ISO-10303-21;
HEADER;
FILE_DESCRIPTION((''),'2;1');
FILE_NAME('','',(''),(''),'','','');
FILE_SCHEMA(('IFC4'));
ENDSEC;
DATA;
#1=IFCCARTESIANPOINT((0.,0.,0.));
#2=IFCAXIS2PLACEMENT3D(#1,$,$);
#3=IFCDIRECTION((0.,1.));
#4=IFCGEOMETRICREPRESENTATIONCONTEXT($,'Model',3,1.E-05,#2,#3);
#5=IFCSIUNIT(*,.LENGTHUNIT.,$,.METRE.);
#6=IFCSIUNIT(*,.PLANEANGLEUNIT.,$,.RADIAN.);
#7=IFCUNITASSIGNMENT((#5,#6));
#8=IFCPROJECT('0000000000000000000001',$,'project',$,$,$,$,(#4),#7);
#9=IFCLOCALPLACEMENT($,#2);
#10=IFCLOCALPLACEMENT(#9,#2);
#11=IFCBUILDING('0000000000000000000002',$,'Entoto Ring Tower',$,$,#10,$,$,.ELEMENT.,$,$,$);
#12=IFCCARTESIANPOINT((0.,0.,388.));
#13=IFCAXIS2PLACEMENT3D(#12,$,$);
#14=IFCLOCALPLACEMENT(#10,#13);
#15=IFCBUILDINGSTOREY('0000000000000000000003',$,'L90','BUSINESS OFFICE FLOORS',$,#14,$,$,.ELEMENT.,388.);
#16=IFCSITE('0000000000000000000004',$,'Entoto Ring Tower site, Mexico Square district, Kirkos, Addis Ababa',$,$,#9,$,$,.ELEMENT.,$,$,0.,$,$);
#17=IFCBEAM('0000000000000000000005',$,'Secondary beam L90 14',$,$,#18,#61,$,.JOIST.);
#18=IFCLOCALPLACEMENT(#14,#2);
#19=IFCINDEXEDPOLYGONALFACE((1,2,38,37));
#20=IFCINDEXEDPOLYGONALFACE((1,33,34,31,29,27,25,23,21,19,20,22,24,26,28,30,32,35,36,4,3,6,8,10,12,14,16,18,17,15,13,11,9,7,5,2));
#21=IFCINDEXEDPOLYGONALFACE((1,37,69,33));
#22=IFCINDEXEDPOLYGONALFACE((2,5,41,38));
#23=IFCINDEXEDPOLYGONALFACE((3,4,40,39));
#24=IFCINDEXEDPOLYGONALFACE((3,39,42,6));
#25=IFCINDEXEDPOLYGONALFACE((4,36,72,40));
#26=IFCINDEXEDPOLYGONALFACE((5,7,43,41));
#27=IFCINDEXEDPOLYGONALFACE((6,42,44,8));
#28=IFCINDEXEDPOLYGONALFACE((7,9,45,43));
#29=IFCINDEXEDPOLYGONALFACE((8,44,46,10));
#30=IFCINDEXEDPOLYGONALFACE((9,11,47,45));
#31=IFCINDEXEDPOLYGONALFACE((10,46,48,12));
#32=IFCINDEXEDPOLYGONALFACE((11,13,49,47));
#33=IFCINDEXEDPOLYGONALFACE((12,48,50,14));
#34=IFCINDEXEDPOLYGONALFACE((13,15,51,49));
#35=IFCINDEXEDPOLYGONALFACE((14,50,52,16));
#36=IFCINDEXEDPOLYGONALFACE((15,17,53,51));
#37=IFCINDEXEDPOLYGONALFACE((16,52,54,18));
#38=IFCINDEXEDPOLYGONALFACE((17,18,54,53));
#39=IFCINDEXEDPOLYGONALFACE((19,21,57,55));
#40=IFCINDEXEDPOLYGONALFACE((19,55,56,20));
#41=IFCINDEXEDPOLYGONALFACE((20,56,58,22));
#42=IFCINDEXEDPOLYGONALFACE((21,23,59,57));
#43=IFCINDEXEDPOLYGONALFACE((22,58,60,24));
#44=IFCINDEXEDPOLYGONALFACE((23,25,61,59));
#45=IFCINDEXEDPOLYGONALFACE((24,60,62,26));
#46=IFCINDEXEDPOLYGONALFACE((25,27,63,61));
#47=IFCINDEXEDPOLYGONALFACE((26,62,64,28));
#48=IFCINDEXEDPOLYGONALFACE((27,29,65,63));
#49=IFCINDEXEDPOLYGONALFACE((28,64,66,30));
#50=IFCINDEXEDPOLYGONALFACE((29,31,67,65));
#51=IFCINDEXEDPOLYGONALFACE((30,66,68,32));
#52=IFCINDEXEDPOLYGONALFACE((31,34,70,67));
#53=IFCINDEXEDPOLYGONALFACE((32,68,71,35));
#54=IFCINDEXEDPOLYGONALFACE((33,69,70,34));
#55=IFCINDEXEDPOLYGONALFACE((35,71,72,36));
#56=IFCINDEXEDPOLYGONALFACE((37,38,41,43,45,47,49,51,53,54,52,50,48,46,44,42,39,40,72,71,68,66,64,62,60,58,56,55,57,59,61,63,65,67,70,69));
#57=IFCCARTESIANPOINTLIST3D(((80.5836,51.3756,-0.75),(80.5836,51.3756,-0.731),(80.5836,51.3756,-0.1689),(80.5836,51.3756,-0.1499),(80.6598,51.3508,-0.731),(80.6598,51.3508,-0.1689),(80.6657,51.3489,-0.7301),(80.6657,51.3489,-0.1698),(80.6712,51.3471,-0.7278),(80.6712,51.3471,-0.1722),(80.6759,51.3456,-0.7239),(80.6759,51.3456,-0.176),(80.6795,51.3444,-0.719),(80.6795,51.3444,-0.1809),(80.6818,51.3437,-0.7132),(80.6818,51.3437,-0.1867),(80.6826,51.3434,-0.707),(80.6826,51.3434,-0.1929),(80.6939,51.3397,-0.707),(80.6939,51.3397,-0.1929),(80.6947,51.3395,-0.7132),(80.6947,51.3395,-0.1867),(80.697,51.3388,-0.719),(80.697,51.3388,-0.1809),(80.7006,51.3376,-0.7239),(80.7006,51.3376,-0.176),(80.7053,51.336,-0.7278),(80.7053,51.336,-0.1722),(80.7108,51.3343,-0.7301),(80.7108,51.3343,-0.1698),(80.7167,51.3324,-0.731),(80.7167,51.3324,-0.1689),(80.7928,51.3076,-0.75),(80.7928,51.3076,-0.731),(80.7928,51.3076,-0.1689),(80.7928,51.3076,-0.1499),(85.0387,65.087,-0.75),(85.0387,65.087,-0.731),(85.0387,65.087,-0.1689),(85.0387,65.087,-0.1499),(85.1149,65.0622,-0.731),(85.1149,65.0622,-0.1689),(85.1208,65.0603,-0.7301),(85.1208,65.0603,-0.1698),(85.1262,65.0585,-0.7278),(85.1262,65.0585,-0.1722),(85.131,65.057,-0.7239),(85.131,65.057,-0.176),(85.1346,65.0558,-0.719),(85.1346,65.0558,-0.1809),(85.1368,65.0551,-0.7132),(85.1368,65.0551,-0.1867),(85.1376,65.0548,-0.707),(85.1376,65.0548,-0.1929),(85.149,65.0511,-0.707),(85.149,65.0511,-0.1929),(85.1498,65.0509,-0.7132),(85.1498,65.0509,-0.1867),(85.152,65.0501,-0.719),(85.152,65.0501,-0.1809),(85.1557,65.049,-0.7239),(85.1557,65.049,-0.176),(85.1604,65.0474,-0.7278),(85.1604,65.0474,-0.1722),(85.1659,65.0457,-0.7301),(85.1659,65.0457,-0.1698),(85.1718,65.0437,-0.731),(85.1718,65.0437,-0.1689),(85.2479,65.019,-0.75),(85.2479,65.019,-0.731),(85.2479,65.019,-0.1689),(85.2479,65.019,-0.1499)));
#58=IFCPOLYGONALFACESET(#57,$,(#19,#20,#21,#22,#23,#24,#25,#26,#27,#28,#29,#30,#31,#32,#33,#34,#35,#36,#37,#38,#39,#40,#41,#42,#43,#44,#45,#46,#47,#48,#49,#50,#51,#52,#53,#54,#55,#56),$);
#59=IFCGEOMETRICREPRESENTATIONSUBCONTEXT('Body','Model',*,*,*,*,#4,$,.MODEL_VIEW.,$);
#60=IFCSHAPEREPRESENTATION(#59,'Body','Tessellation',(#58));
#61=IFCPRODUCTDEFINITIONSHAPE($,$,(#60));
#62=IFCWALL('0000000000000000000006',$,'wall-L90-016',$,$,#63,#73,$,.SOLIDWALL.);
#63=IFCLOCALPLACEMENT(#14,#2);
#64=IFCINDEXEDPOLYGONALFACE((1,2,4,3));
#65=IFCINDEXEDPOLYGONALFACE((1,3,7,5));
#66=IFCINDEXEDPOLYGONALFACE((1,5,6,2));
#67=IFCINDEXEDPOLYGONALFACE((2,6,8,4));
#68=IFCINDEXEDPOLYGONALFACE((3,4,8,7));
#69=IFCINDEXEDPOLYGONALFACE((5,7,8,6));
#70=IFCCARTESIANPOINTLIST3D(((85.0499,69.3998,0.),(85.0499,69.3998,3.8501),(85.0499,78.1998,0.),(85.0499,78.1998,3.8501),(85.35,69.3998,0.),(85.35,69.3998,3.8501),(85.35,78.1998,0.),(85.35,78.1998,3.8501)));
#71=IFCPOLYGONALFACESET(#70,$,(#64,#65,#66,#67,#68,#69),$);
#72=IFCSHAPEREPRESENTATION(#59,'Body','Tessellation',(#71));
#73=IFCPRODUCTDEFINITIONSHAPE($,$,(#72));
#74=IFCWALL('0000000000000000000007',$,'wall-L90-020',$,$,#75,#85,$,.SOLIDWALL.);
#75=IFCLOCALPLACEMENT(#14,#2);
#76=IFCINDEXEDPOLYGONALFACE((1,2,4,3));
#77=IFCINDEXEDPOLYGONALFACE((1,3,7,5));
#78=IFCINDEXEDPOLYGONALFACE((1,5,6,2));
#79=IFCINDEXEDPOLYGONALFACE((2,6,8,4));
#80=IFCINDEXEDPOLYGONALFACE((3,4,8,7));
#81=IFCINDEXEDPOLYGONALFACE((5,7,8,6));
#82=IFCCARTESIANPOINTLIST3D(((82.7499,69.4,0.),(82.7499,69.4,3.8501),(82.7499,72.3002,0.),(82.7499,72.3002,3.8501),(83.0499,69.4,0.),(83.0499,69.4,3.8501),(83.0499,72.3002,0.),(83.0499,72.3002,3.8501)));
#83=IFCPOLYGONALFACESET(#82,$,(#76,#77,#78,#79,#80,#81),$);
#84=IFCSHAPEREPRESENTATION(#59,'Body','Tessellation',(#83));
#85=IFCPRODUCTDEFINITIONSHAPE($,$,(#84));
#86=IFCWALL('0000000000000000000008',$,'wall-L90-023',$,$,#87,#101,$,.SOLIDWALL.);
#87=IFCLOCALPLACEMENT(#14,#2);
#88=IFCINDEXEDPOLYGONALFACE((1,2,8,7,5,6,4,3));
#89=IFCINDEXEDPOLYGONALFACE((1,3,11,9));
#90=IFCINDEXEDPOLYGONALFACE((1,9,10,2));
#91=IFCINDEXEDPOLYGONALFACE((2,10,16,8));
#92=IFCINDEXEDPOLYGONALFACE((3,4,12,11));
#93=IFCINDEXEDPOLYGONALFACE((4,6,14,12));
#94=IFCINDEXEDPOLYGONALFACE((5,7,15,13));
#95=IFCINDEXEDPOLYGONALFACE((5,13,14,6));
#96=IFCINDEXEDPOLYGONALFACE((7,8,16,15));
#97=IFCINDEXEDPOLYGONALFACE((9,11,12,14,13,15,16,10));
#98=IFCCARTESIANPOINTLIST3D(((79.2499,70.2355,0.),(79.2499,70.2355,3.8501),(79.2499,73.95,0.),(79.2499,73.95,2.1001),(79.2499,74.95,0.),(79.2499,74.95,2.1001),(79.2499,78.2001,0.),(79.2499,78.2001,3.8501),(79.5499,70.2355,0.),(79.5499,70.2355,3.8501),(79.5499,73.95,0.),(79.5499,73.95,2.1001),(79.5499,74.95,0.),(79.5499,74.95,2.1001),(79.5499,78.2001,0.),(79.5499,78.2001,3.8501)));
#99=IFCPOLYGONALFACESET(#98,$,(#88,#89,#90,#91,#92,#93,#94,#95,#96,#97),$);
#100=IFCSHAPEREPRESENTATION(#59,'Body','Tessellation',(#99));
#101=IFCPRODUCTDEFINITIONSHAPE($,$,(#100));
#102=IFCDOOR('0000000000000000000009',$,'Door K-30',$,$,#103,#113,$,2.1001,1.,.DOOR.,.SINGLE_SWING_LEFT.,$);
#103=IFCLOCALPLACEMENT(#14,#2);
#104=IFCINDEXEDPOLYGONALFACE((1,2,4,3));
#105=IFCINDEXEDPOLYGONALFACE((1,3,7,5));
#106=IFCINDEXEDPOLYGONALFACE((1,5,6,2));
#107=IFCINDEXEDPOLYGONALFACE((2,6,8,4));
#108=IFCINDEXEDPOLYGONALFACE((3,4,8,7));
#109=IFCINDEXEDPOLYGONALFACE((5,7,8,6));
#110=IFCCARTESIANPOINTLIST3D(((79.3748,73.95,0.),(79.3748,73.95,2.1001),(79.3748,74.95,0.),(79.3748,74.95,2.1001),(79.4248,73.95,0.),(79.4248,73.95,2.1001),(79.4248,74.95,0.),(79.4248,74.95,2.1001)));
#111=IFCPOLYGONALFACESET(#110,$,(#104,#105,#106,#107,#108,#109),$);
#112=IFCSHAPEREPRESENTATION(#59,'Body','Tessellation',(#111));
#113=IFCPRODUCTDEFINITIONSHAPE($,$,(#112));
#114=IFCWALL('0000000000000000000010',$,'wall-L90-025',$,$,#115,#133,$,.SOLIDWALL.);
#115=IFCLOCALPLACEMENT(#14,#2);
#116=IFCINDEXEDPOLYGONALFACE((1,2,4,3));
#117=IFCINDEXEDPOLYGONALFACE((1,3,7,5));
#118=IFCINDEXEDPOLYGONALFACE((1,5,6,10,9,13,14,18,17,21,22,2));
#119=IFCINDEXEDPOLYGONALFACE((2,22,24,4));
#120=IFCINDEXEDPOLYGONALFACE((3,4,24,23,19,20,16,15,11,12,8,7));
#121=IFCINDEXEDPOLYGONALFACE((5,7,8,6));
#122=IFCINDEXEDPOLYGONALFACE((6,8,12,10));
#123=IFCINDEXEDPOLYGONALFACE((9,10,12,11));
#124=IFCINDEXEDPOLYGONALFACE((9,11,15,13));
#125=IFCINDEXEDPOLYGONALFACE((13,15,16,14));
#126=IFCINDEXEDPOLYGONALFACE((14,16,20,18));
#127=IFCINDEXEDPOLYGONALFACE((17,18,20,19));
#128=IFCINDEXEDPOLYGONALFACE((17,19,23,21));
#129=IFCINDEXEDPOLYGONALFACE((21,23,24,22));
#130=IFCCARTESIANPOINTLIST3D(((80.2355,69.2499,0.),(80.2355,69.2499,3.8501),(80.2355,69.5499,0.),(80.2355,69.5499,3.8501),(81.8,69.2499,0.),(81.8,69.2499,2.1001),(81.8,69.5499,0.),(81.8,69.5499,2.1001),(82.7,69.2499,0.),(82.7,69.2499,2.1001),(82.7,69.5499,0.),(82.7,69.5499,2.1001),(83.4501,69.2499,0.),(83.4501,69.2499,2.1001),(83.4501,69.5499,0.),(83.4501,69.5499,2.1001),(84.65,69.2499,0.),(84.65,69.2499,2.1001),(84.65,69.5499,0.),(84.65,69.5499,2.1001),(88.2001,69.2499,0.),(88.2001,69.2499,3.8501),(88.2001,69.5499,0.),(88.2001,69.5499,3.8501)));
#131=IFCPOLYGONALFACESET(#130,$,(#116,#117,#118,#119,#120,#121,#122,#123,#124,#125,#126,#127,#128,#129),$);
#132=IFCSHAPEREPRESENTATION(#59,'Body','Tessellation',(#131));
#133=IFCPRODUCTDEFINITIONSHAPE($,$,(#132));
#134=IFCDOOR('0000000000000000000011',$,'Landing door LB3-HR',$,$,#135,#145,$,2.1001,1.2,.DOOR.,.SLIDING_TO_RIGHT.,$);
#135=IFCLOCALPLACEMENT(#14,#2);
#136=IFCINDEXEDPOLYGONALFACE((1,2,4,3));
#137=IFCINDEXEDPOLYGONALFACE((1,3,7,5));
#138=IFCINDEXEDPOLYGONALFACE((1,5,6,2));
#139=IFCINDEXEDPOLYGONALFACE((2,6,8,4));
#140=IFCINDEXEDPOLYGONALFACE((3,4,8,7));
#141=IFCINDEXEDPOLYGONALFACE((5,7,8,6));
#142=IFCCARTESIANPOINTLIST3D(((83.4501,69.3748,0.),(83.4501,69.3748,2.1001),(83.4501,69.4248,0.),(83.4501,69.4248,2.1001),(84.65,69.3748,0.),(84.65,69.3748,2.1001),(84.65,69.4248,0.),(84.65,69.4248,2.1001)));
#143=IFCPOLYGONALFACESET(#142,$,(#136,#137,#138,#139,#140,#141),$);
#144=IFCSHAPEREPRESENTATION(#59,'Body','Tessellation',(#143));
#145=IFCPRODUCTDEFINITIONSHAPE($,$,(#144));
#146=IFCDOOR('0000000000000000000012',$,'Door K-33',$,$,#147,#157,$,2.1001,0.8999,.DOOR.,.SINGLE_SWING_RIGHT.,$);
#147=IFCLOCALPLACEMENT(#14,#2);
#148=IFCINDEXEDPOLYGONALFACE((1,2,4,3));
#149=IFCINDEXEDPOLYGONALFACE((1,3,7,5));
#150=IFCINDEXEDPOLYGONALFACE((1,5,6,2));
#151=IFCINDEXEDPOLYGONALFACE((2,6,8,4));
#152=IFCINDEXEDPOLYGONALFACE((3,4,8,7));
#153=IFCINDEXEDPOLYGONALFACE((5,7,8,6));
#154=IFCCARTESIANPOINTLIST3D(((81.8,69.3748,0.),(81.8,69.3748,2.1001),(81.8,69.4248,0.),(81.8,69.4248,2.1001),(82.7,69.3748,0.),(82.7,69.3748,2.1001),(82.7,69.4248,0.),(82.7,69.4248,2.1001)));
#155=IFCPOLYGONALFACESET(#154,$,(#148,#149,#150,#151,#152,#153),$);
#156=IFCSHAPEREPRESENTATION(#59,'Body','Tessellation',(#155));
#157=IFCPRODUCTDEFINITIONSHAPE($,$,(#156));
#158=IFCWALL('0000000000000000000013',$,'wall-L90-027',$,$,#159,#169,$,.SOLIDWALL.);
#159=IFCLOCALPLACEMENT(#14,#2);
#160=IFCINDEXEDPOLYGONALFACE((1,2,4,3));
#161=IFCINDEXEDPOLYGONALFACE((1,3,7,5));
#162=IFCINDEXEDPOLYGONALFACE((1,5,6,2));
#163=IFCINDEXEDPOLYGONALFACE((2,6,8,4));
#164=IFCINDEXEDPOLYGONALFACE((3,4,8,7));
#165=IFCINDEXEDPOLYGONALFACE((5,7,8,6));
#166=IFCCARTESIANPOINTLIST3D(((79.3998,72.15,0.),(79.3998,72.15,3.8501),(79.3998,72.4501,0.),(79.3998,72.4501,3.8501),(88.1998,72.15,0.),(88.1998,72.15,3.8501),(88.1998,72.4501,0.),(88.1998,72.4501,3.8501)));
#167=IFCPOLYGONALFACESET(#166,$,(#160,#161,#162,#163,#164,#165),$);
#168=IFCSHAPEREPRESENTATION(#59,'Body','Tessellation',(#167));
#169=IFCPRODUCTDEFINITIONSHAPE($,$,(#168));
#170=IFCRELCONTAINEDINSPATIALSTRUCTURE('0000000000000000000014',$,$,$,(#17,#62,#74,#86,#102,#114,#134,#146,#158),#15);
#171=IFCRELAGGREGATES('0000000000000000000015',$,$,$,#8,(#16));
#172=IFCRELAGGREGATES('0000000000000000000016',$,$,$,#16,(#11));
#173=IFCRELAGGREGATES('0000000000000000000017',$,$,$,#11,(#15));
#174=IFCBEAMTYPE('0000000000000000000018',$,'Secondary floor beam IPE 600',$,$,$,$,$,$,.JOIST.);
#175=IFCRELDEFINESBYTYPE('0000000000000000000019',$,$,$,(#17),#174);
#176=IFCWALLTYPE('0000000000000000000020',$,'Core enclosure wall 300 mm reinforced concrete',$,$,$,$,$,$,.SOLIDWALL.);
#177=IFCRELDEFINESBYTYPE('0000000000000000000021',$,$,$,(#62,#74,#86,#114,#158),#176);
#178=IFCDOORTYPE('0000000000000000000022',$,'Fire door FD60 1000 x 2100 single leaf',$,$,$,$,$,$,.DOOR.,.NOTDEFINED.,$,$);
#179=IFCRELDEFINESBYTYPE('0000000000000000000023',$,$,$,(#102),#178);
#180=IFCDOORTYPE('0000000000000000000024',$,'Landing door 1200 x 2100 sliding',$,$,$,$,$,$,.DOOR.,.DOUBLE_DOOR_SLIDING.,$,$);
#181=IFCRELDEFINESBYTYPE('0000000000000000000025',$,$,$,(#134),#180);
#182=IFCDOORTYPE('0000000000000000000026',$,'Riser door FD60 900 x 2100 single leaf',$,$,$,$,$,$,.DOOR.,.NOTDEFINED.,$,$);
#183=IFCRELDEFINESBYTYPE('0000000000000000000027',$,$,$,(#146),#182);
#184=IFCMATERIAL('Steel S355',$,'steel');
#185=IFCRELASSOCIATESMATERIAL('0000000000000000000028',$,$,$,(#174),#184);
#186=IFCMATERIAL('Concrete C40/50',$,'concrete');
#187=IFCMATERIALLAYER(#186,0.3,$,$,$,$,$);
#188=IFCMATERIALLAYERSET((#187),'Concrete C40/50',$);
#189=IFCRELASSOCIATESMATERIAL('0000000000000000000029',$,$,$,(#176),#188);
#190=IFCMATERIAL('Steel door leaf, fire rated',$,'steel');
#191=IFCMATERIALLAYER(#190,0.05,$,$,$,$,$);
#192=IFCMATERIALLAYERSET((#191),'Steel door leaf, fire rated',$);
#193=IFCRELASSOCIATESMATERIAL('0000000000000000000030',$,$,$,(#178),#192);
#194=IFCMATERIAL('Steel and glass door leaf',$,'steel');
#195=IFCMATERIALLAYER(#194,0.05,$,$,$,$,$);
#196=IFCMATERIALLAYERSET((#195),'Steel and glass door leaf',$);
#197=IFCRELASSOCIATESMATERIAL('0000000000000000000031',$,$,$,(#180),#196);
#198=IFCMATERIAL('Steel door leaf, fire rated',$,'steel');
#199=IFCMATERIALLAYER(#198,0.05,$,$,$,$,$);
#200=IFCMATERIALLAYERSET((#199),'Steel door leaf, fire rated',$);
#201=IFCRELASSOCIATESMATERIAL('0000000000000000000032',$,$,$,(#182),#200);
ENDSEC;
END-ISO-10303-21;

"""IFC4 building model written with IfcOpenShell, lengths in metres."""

from ifc_helpers import new_model, si_unit, direction, frame, frame_2d, origin, origin_2d, place, context, subcontext, project, spatial, rectangle, i_section, extrude, material, layer, layer_set, material_profile, profile_set, type_object, element, fill, save


model = new_model("IFC4")

# Units and contexts
model_context = context("Model", 3, precision=1e-05, world=origin(), true_north=direction((0.0, 1.0)))
body_context = subcontext(model_context, "Body", "Model", "MODEL_VIEW")
ifc_project = project(units=[si_unit("LENGTHUNIT", "METRE"), si_unit("PLANEANGLEUNIT", "RADIAN")], contexts=[model_context])

# Site, building, storey
site_placement = place(None, origin())
site = spatial("IfcSite", under=ifc_project, at=site_placement, Name="Entoto Ring Tower site, Mexico Square district, Kirkos, Addis Ababa", CompositionType="ELEMENT", RefElevation=0.0)
building_placement = place(site_placement, origin())
building = spatial("IfcBuilding", under=site, at=building_placement, Name="Entoto Ring Tower", CompositionType="ELEMENT")
storey_placement = place(building_placement, frame((0.0, 0.0, 388.0)))
storey = spatial("IfcBuildingStorey", under=building, at=storey_placement, Name="L90", Description="BUSINESS OFFICE FLOORS", CompositionType="ELEMENT", Elevation=388.0)

# Beam
ifc_material_1 = material(Name="Steel S355", Category="steel")
ifc_material_profile_1 = material_profile(ifc_material_1, i_section(OverallWidth=0.22, OverallDepth=0.6001, WebThickness=0.012, FlangeThickness=0.019, FilletRadius=0.0239, at=origin_2d()), Name="IPE 600")
ifc_profile_set_1 = profile_set([ifc_material_profile_1], Name="Steel S355")
beam_type_1 = type_object("IfcBeamType", Name="Secondary floor beam IPE 600", PredefinedType="JOIST", material=ifc_profile_set_1)
beam_1_placement = place(storey_placement, frame((85.1433, 65.053, -0.45), z_axis=(-0.309015, -0.951057, 0.0), x_axis=(0.951057, -0.309015, 0.0)))
element("IfcBeam", 1, at=beam_1_placement, inside=storey, type_object=beam_type_1, Name="Secondary beam L90 14", PredefinedType="JOIST", context=body_context, shape_type="SweptSolid", body=[
    extrude(i_section(OverallWidth=0.22, OverallDepth=0.6001, WebThickness=0.012, FlangeThickness=0.019, FilletRadius=0.0239, at=origin_2d()), origin(), (0.0, 0.0, 1.0), 14.417),
])

# Walls
ifc_material_2 = material(Name="Concrete C40/50", Category="concrete")
ifc_layer_1 = layer(ifc_material_2, 0.3)
ifc_layer_set_1 = layer_set([ifc_layer_1], Name="Concrete C40/50")
wall_type_1 = type_object("IfcWallType", Name="Core enclosure wall 300 mm reinforced concrete", PredefinedType="SOLIDWALL", material=ifc_layer_set_1)
wall_1_placement = place(storey_placement, frame((85.2, 69.3999, 0.0), z_axis=(0.0, 0.0, 1.0), x_axis=(0.0, 1.0, 0.0)))
element("IfcWall", 2, at=wall_1_placement, inside=storey, type_object=wall_type_1, Name="wall-L90-016", PredefinedType="SOLIDWALL", context=body_context, shape_type="SweptSolid", body=[
    extrude(rectangle(XDim=8.8, YDim=0.3, at=frame_2d((4.3999, 0.0))), origin(), (0.0, 0.0, 1.0), 3.8501),
])
wall_2_placement = place(storey_placement, frame((82.8999, 69.3999, 0.0), z_axis=(0.0, 0.0, 1.0), x_axis=(0.0, 1.0, 0.0)))
element("IfcWall", 3, at=wall_2_placement, inside=storey, type_object=wall_type_1, Name="wall-L90-020", PredefinedType="SOLIDWALL", context=body_context, shape_type="SweptSolid", body=[
    extrude(rectangle(XDim=2.9001, YDim=0.3, at=frame_2d((1.4502, 0.0))), origin(), (0.0, 0.0, 1.0), 3.8501),
])

# Wall, opening, door
wall_3_placement = place(storey_placement, frame((79.3999, 70.2354, 0.0), z_axis=(0.0, 0.0, 1.0), x_axis=(0.0, 1.0, 0.0)))
wall_3 = element("IfcWall", 4, at=wall_3_placement, inside=storey, type_object=wall_type_1, Name="wall-L90-023", PredefinedType="SOLIDWALL", context=body_context, shape_type="SweptSolid", body=[
    extrude(rectangle(XDim=7.9646, YDim=0.3, at=frame_2d((3.9824, 0.0))), origin(), (0.0, 0.0, 1.0), 3.8501),
])
opening_1_placement = place(wall_3_placement, frame((3.7146, 0.0, 0.0)))
opening_1 = element("IfcOpeningElement", 5, at=opening_1_placement, cuts=wall_3, PredefinedType="OPENING", context=body_context, shape_type="SweptSolid", body=[
    extrude(rectangle(XDim=1.0, YDim=2.1001, at=frame_2d((0.5, 1.05))), frame((0.0, 0.1602, 0.0), z_axis=(0.0, -1.0, 0.0), x_axis=(1.0, 0.0, 0.0)), (0.0, 0.0, 1.0), 0.3201),
])
ifc_material_3 = material(Name="Steel door leaf, fire rated", Category="steel")
ifc_layer_2 = layer(ifc_material_3, 0.05)
ifc_layer_set_2 = layer_set([ifc_layer_2], Name="Steel door leaf, fire rated")
door_type_1 = type_object("IfcDoorType", Name="Fire door FD60 1000 x 2100 single leaf", OperationType="NOTDEFINED", PredefinedType="DOOR", material=ifc_layer_set_2)
door_1_placement = place(opening_1_placement, frame((1.0, 0.0, 0.0), z_axis=(0.0, 0.0, 1.0), x_axis=(-1.0, 0.0, 0.0)))
door_1 = element("IfcDoor", 6, at=door_1_placement, inside=storey, type_object=door_type_1, Name="Door K-30", OperationType="SINGLE_SWING_LEFT", OverallHeight=2.1001, OverallWidth=1.0, PredefinedType="DOOR", context=body_context, shape_type="SweptSolid", body=[
    extrude(rectangle(XDim=1.0, YDim=2.1001, at=frame_2d((0.5, 1.05))), frame((0.0, 0.0249, 0.0), z_axis=(0.0, -1.0, 0.0), x_axis=(1.0, 0.0, 0.0)), (0.0, 0.0, 1.0), 0.05),
])
fill(opening_1, door_1)

# Wall, openings, doors
wall_4_placement = place(storey_placement, frame((80.2354, 69.3999, 0.0), z_axis=(0.0, 0.0, 1.0), x_axis=(1.0, 0.0, 0.0)))
wall_4 = element("IfcWall", 7, at=wall_4_placement, inside=storey, type_object=wall_type_1, Name="wall-L90-025", PredefinedType="SOLIDWALL", context=body_context, shape_type="SweptSolid", body=[
    extrude(rectangle(XDim=7.9646, YDim=0.3, at=frame_2d((3.9824, 0.0))), origin(), (0.0, 0.0, 1.0), 3.8501),
])
opening_2_placement = place(wall_4_placement, frame((3.2146, 0.0, 0.0)))
opening_2 = element("IfcOpeningElement", 8, at=opening_2_placement, cuts=wall_4, PredefinedType="OPENING", context=body_context, shape_type="SweptSolid", body=[
    extrude(rectangle(XDim=1.2, YDim=2.1001, at=frame_2d((0.6001, 1.05))), frame((0.0, 0.1602, 0.0), z_axis=(0.0, -1.0, 0.0), x_axis=(1.0, 0.0, 0.0)), (0.0, 0.0, 1.0), 0.3201),
])
opening_3_placement = place(wall_4_placement, frame((1.5647, 0.0, 0.0)))
opening_3 = element("IfcOpeningElement", 9, at=opening_3_placement, cuts=wall_4, PredefinedType="OPENING", context=body_context, shape_type="SweptSolid", body=[
    extrude(rectangle(XDim=0.8999, YDim=2.1001, at=frame_2d((0.45, 1.05))), frame((0.0, 0.1602, 0.0), z_axis=(0.0, -1.0, 0.0), x_axis=(1.0, 0.0, 0.0)), (0.0, 0.0, 1.0), 0.3201),
])
ifc_material_4 = material(Name="Steel and glass door leaf", Category="steel")
ifc_layer_3 = layer(ifc_material_4, 0.05)
ifc_layer_set_3 = layer_set([ifc_layer_3], Name="Steel and glass door leaf")
door_type_2 = type_object("IfcDoorType", Name="Landing door 1200 x 2100 sliding", OperationType="DOUBLE_DOOR_SLIDING", PredefinedType="DOOR", material=ifc_layer_set_3)
door_2_placement = place(opening_2_placement, origin())
door_2 = element("IfcDoor", 10, at=door_2_placement, inside=storey, type_object=door_type_2, Name="Landing door LB3-HR", OperationType="SLIDING_TO_RIGHT", OverallHeight=2.1001, OverallWidth=1.2, PredefinedType="DOOR", context=body_context, shape_type="SweptSolid", body=[
    extrude(rectangle(XDim=1.2, YDim=2.1001, at=frame_2d((0.6001, 1.05))), frame((0.0, 0.0249, 0.0), z_axis=(0.0, -1.0, 0.0), x_axis=(1.0, 0.0, 0.0)), (0.0, 0.0, 1.0), 0.05),
])
fill(opening_2, door_2)
ifc_material_5 = material(Name="Steel door leaf, fire rated", Category="steel")
ifc_layer_4 = layer(ifc_material_5, 0.05)
ifc_layer_set_4 = layer_set([ifc_layer_4], Name="Steel door leaf, fire rated")
door_type_3 = type_object("IfcDoorType", Name="Riser door FD60 900 x 2100 single leaf", OperationType="NOTDEFINED", PredefinedType="DOOR", material=ifc_layer_set_4)
door_3_placement = place(opening_3_placement, origin())
door_3 = element("IfcDoor", 11, at=door_3_placement, inside=storey, type_object=door_type_3, Name="Door K-33", OperationType="SINGLE_SWING_RIGHT", OverallHeight=2.1001, OverallWidth=0.8999, PredefinedType="DOOR", context=body_context, shape_type="SweptSolid", body=[
    extrude(rectangle(XDim=0.8999, YDim=2.1001, at=frame_2d((0.45, 1.05))), frame((0.0, 0.0249, 0.0), z_axis=(0.0, -1.0, 0.0), x_axis=(1.0, 0.0, 0.0)), (0.0, 0.0, 1.0), 0.05),
])
fill(opening_3, door_3)

# Wall
wall_5_placement = place(storey_placement, frame((79.3999, 72.3, 0.0), z_axis=(0.0, 0.0, 1.0), x_axis=(1.0, 0.0, 0.0)))
element("IfcWall", 12, at=wall_5_placement, inside=storey, type_object=wall_type_1, Name="wall-L90-027", PredefinedType="SOLIDWALL", context=body_context, shape_type="SweptSolid", body=[
    extrude(rectangle(XDim=8.8, YDim=0.3, at=frame_2d((4.3999, 0.0))), origin(), (0.0, 0.0, 1.0), 3.8501),
])

save(model, "model.ifc")
